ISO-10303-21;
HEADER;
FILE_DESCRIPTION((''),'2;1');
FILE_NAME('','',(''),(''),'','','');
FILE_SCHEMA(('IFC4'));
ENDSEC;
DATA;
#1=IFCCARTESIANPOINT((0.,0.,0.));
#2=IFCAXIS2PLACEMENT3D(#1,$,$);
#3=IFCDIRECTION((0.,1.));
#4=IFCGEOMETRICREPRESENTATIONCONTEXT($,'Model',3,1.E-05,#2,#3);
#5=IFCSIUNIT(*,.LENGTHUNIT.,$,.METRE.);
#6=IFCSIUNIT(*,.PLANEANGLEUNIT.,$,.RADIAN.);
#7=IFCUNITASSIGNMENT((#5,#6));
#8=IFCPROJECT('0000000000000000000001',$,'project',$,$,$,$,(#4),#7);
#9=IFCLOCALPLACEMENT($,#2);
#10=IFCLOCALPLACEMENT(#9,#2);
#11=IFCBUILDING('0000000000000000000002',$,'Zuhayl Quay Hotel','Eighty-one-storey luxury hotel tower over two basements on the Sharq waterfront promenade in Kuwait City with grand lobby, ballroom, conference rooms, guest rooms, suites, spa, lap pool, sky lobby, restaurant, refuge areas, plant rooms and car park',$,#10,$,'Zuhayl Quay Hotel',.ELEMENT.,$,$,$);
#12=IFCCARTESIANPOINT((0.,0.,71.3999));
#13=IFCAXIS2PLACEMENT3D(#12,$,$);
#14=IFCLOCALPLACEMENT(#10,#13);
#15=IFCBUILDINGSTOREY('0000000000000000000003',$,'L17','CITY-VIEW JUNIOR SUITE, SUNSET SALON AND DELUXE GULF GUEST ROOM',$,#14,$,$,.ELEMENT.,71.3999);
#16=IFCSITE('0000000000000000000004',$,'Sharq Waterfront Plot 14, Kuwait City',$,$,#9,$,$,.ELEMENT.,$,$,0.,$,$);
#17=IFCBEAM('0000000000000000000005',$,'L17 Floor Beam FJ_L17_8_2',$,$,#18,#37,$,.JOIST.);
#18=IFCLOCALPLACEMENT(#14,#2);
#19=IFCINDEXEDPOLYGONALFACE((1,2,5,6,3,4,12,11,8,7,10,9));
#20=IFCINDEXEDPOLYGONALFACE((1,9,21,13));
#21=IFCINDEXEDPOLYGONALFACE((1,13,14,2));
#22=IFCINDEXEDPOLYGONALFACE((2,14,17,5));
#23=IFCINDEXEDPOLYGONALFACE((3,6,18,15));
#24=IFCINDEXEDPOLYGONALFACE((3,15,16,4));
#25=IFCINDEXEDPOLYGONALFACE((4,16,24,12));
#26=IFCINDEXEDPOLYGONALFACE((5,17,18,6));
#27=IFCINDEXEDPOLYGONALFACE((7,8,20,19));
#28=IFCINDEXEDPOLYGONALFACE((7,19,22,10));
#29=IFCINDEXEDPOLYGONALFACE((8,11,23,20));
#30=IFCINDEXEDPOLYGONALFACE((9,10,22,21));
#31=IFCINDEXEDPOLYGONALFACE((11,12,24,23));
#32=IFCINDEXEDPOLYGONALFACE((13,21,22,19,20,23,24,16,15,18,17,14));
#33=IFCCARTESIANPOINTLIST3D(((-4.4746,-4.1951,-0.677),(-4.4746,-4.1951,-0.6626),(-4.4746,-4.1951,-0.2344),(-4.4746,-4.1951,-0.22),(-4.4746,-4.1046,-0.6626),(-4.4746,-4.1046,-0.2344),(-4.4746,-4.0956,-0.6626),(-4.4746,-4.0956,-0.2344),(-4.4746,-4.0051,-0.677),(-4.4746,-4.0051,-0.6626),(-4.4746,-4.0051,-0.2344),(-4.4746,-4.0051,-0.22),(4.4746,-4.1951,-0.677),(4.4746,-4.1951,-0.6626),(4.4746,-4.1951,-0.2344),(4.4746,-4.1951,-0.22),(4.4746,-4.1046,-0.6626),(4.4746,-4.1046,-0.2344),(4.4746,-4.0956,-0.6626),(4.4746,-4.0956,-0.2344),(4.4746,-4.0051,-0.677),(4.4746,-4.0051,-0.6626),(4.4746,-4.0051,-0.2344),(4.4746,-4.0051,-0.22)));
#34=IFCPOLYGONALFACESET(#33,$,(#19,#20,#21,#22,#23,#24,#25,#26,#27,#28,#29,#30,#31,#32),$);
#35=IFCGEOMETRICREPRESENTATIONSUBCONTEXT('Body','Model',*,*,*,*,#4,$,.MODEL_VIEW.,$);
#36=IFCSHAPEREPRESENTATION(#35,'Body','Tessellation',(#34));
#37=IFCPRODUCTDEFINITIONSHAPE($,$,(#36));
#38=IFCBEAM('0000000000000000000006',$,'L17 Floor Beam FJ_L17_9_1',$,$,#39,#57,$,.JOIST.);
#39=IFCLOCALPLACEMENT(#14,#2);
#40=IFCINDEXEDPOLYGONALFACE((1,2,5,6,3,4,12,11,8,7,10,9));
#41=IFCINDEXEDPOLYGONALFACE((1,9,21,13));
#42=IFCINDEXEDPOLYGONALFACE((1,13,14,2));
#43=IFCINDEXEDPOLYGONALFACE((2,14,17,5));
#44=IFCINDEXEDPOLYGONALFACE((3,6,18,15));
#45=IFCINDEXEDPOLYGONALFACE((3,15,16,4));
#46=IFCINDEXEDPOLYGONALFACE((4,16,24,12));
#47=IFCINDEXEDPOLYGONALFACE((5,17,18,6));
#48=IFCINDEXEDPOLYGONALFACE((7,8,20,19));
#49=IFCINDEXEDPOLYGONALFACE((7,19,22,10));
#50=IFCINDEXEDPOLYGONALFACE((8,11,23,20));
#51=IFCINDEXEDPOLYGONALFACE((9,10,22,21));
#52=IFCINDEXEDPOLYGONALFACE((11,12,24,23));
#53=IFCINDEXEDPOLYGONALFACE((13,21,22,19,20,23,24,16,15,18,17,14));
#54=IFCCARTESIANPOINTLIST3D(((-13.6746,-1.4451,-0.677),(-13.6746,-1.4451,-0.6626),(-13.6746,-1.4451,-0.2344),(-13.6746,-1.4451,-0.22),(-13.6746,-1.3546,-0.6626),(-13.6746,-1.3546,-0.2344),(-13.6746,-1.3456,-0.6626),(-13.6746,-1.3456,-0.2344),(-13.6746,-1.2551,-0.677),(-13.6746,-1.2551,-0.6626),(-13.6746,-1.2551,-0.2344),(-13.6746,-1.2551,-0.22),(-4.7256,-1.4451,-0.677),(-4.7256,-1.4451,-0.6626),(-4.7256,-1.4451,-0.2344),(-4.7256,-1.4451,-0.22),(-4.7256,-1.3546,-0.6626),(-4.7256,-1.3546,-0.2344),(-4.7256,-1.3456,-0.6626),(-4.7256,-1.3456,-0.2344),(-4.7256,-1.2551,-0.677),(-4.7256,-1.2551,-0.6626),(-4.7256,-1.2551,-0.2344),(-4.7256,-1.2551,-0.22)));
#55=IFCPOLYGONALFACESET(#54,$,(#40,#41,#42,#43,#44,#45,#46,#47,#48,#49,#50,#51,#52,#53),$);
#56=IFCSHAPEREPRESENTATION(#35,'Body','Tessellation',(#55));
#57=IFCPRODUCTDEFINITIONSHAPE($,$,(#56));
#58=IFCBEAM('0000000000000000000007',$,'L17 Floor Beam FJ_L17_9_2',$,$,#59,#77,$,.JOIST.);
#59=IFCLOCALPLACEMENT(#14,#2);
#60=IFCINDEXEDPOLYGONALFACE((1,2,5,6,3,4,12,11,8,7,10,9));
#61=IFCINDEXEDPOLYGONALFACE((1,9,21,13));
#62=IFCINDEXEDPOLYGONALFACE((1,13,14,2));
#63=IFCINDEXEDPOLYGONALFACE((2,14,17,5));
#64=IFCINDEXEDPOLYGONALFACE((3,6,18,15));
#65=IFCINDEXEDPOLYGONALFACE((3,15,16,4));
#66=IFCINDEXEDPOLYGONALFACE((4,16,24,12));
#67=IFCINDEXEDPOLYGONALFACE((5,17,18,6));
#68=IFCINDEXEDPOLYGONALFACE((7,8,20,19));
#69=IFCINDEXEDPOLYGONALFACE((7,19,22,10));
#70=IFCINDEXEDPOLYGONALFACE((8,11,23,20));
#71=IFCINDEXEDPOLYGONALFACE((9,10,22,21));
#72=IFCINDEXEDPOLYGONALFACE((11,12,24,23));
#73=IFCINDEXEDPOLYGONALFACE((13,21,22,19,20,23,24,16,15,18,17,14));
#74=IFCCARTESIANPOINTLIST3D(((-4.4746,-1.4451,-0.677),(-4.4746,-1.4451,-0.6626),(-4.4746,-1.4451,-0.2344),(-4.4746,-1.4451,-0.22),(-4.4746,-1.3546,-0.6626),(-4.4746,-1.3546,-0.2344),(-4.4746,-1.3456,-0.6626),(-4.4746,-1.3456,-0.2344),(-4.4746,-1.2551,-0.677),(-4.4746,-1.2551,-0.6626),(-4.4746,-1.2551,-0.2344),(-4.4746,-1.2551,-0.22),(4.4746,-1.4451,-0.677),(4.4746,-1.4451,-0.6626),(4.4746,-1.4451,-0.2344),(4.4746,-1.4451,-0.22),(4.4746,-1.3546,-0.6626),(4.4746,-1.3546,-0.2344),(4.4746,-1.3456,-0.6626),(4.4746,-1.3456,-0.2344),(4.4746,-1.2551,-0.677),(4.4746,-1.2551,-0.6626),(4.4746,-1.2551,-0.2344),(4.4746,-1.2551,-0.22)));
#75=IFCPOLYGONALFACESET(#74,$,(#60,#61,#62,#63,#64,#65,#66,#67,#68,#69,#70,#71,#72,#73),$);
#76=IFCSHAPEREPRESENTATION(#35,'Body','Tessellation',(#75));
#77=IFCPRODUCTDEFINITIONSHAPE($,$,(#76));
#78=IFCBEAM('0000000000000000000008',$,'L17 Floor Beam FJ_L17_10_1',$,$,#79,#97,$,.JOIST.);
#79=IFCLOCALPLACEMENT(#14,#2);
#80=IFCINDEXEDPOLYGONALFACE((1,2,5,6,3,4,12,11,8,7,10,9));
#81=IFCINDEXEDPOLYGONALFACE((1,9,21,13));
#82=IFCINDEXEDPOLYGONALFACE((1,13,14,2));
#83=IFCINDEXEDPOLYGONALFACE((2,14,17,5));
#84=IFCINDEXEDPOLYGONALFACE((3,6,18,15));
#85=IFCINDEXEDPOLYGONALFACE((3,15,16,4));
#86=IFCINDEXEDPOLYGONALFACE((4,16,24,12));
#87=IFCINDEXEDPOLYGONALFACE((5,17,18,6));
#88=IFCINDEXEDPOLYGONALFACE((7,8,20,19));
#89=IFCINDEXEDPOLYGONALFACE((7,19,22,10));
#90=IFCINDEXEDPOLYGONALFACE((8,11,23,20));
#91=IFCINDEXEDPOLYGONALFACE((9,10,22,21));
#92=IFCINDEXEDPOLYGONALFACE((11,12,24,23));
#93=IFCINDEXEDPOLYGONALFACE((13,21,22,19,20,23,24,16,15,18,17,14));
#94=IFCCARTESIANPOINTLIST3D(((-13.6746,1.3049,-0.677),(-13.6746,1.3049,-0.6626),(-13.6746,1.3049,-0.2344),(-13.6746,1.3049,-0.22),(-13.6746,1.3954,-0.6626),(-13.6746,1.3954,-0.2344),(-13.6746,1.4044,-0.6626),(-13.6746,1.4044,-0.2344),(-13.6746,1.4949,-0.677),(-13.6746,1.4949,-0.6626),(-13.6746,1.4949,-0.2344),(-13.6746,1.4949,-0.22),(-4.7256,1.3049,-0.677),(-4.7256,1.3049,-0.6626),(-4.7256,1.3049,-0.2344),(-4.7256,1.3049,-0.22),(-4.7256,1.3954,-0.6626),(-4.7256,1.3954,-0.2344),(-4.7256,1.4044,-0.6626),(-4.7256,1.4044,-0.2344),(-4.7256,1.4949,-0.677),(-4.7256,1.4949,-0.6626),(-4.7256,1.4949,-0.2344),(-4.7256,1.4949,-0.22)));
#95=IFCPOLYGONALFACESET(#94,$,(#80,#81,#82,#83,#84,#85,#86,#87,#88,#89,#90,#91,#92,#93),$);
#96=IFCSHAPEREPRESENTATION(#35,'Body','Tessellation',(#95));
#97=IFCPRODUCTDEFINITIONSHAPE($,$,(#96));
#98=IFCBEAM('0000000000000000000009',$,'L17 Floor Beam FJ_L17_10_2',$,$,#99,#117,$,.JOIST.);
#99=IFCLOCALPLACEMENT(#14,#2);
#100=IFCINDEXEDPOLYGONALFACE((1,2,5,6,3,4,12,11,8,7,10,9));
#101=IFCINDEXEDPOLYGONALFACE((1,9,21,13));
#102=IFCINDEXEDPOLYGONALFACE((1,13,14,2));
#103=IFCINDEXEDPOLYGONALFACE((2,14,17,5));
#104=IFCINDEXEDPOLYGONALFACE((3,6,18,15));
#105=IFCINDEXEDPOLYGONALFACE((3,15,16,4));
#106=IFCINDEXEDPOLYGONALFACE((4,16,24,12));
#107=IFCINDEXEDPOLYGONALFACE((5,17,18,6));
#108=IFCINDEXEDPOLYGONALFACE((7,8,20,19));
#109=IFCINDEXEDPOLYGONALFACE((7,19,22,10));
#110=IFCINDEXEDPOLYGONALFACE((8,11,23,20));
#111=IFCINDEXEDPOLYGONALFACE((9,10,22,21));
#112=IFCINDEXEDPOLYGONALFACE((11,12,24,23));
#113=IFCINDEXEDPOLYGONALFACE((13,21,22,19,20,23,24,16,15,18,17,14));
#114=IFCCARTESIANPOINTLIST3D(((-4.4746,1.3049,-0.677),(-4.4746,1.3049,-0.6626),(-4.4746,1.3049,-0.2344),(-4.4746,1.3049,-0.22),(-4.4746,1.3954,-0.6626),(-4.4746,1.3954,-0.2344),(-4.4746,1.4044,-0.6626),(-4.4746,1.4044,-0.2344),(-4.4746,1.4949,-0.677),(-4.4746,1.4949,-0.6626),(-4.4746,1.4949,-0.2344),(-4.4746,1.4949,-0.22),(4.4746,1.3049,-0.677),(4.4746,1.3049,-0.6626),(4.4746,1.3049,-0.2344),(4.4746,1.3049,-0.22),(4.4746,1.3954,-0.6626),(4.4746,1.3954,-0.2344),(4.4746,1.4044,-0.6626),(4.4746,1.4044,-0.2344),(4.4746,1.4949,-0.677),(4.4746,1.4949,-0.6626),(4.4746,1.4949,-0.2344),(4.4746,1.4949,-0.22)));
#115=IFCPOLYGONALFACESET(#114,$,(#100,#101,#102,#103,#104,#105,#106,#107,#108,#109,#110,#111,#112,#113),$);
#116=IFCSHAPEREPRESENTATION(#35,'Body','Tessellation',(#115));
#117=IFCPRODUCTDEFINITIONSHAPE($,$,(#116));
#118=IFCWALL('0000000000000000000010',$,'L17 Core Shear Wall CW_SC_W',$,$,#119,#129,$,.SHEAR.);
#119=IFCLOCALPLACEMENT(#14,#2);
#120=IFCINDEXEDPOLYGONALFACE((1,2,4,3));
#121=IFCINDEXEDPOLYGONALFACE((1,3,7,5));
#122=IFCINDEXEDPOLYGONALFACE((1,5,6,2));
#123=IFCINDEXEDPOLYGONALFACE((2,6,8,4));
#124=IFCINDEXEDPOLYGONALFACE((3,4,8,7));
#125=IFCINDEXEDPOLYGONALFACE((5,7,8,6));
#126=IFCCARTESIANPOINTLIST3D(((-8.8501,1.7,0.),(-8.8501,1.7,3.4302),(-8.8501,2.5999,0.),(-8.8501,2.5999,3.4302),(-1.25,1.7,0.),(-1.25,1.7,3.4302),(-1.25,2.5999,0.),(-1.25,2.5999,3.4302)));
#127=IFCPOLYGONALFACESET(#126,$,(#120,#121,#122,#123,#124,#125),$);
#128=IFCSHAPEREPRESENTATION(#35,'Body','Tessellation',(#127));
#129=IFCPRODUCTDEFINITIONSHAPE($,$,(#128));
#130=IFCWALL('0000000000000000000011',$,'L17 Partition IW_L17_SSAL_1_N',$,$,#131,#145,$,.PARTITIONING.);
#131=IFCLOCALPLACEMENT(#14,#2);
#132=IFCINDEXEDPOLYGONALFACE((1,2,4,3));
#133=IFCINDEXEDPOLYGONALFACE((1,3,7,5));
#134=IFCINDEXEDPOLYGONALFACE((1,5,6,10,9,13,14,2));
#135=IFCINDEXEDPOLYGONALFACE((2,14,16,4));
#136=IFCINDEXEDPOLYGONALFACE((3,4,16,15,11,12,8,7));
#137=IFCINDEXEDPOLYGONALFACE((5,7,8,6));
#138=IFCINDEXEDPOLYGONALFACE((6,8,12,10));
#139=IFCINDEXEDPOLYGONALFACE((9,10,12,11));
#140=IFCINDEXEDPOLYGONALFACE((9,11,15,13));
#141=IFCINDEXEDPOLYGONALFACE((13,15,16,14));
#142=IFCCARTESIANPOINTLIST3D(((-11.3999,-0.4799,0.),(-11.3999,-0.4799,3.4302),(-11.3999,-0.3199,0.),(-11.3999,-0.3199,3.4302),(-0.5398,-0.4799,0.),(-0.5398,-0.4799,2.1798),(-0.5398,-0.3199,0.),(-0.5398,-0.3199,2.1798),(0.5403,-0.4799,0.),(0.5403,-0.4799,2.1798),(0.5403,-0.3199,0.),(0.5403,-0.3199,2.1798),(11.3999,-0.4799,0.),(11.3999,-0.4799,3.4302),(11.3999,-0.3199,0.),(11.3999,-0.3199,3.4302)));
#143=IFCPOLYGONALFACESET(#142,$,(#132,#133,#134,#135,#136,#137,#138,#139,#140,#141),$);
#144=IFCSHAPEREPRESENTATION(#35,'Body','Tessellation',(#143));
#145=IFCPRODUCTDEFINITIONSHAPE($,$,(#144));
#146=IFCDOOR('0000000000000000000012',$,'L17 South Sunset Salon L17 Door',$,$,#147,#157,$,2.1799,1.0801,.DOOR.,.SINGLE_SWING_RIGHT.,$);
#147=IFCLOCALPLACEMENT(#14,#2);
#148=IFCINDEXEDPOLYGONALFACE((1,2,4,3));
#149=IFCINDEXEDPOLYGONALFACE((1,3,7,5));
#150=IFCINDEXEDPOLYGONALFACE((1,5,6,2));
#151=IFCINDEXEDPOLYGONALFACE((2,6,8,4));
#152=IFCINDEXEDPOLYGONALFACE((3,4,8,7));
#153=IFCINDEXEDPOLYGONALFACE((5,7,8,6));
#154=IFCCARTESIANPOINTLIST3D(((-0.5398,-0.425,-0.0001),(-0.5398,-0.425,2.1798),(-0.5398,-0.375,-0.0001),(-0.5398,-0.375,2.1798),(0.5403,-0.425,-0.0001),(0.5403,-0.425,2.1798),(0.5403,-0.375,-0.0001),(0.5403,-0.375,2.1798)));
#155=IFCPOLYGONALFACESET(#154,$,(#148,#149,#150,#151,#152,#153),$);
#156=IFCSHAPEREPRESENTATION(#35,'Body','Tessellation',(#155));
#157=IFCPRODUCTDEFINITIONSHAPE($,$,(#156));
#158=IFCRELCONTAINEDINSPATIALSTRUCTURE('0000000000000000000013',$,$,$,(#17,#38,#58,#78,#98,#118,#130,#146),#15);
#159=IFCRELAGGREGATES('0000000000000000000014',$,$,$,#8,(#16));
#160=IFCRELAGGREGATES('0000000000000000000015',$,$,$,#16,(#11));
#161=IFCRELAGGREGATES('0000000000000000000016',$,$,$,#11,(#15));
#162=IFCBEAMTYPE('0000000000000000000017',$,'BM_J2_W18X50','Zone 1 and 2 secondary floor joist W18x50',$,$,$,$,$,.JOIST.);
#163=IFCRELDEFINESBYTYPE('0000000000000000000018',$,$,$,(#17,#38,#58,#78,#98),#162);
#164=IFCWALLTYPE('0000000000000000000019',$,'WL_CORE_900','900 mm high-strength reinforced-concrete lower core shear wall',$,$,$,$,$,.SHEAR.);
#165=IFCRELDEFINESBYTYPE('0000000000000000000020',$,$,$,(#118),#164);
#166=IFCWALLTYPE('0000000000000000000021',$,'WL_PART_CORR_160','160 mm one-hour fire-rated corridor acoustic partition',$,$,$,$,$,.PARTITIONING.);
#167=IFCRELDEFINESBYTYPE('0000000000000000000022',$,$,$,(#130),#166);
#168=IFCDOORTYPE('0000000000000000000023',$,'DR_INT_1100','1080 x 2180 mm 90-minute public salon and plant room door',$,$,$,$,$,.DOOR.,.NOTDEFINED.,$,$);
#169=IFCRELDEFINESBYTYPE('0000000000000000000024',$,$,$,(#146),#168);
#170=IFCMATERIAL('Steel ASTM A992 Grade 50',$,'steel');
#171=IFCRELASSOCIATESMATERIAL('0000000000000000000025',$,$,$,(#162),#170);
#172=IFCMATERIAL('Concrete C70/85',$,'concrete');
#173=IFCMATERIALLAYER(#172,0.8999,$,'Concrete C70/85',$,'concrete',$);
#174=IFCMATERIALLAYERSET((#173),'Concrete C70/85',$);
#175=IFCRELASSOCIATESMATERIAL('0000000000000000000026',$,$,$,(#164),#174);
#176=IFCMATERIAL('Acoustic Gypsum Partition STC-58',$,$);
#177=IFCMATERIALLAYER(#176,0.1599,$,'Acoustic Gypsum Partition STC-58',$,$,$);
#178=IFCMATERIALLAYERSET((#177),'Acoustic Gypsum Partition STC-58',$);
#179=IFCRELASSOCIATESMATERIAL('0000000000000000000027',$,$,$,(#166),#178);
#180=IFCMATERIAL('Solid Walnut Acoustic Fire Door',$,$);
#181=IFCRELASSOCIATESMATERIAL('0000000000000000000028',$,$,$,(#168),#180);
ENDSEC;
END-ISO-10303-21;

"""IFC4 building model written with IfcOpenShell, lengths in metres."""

from ifc_helpers import new_model, si_unit, direction, frame, frame_2d, origin, origin_2d, place, context, subcontext, project, spatial, rectangle, i_section, extrude, material, layer, layer_set, material_profile, profile_set, type_object, element, fill, save


model = new_model("IFC4")

# Units and contexts
model_context = context("Model", 3, precision=1e-05, world=origin(), true_north=direction((0.0, 1.0)))
body_context = subcontext(model_context, "Body", "Model", "MODEL_VIEW")
ifc_project = project(units=[si_unit("LENGTHUNIT", "METRE"), si_unit("PLANEANGLEUNIT", "RADIAN")], contexts=[model_context])

# Site, building, storey
site_placement = place(None, origin())
site = spatial("IfcSite", under=ifc_project, at=site_placement, Name="Sharq Waterfront Plot 14, Kuwait City", CompositionType="ELEMENT", RefElevation=0.0)
building_placement = place(site_placement, origin())
building = spatial("IfcBuilding", under=site, at=building_placement, Name="Zuhayl Quay Hotel", Description="Eighty-one-storey luxury hotel tower over two basements on the Sharq waterfront promenade in Kuwait City with grand lobby, ballroom, conference rooms, guest rooms, suites, spa, lap pool, sky lobby, restaurant, refuge areas, plant rooms and car park", LongName="Zuhayl Quay Hotel", CompositionType="ELEMENT")
storey_placement = place(building_placement, frame((0.0, 0.0, 71.3999)))
storey = spatial("IfcBuildingStorey", under=building, at=storey_placement, Name="L17", Description="CITY-VIEW JUNIOR SUITE, SUNSET SALON AND DELUXE GULF GUEST ROOM", CompositionType="ELEMENT", Elevation=71.3999)

# Shared definitions
ifc_material_1 = material(Name="Concrete C70/85", Category="concrete")

# Beams
ifc_material_2 = material(Name="Steel ASTM A992 Grade 50", Category="steel")
ifc_material_profile_1 = material_profile(ifc_material_2, i_section(OverallWidth=0.1899, OverallDepth=0.457, WebThickness=0.009, FlangeThickness=0.0144, at=origin_2d()), Name="W18X50")
ifc_profile_set_1 = profile_set([ifc_material_profile_1], Name="Steel ASTM A992 Grade 50")
beam_type_1 = type_object("IfcBeamType", Name="BM_J2_W18X50", Description="Zone 1 and 2 secondary floor joist W18x50", PredefinedType="JOIST", material=ifc_profile_set_1)
beam_1_placement = place(storey_placement, frame((-4.4746, -4.1001, -0.4485), z_axis=(1.0, 0.0, 0.0), x_axis=(0.0, 1.0, 0.0)))
element("IfcBeam", 1, at=beam_1_placement, inside=storey, type_object=beam_type_1, Name="L17 Floor Beam FJ_L17_8_2", PredefinedType="JOIST", context=body_context, shape_type="SweptSolid", body=[
    extrude(i_section(OverallWidth=0.1899, OverallDepth=0.457, WebThickness=0.009, FlangeThickness=0.0144, at=origin_2d()), origin(), (0.0, 0.0, 1.0), 8.9492),
])
beam_2_placement = place(storey_placement, frame((-13.6746, -1.3501, -0.4485), z_axis=(1.0, 0.0, 0.0), x_axis=(0.0, 1.0, 0.0)))
element("IfcBeam", 2, at=beam_2_placement, inside=storey, type_object=beam_type_1, Name="L17 Floor Beam FJ_L17_9_1", PredefinedType="JOIST", context=body_context, shape_type="SweptSolid", body=[
    extrude(i_section(OverallWidth=0.1899, OverallDepth=0.457, WebThickness=0.009, FlangeThickness=0.0144, at=origin_2d()), origin(), (0.0, 0.0, 1.0), 8.949),
])
beam_3_placement = place(storey_placement, frame((-4.4746, -1.3501, -0.4485), z_axis=(1.0, 0.0, 0.0), x_axis=(0.0, 1.0, 0.0)))
element("IfcBeam", 3, at=beam_3_placement, inside=storey, type_object=beam_type_1, Name="L17 Floor Beam FJ_L17_9_2", PredefinedType="JOIST", context=body_context, shape_type="SweptSolid", body=[
    extrude(i_section(OverallWidth=0.1899, OverallDepth=0.457, WebThickness=0.009, FlangeThickness=0.0144, at=origin_2d()), origin(), (0.0, 0.0, 1.0), 8.9492),
])
beam_4_placement = place(storey_placement, frame((-13.6746, 1.3999, -0.4485), z_axis=(1.0, 0.0, 0.0), x_axis=(0.0, 1.0, 0.0)))
element("IfcBeam", 4, at=beam_4_placement, inside=storey, type_object=beam_type_1, Name="L17 Floor Beam FJ_L17_10_1", PredefinedType="JOIST", context=body_context, shape_type="SweptSolid", body=[
    extrude(i_section(OverallWidth=0.1899, OverallDepth=0.457, WebThickness=0.009, FlangeThickness=0.0144, at=origin_2d()), origin(), (0.0, 0.0, 1.0), 8.949),
])
beam_5_placement = place(storey_placement, frame((-4.4746, 1.3999, -0.4485), z_axis=(1.0, 0.0, 0.0), x_axis=(0.0, 1.0, 0.0)))
element("IfcBeam", 5, at=beam_5_placement, inside=storey, type_object=beam_type_1, Name="L17 Floor Beam FJ_L17_10_2", PredefinedType="JOIST", context=body_context, shape_type="SweptSolid", body=[
    extrude(i_section(OverallWidth=0.1899, OverallDepth=0.457, WebThickness=0.009, FlangeThickness=0.0144, at=origin_2d()), origin(), (0.0, 0.0, 1.0), 8.9492),
])

# Wall
ifc_layer_1 = layer(ifc_material_1, 0.8999, Name="Concrete C70/85", Category="concrete")
ifc_layer_set_1 = layer_set([ifc_layer_1], Name="Concrete C70/85")
wall_type_1 = type_object("IfcWallType", Name="WL_CORE_900", Description="900 mm high-strength reinforced-concrete lower core shear wall", PredefinedType="SHEAR", material=ifc_layer_set_1)
wall_1_placement = place(storey_placement, frame((-8.8501, 2.1499, 0.0), z_axis=(0.0, 0.0, 1.0), x_axis=(1.0, 0.0, 0.0)))
element("IfcWall", 6, at=wall_1_placement, inside=storey, type_object=wall_type_1, Name="L17 Core Shear Wall CW_SC_W", PredefinedType="SHEAR", context=body_context, shape_type="SweptSolid", body=[
    extrude(rectangle(XDim=7.6001, YDim=0.8999, at=frame_2d((3.8, 0.0))), origin(), (0.0, 0.0, 1.0), 3.4302),
])

# Wall, opening, door
ifc_material_3 = material(Name="Acoustic Gypsum Partition STC-58")
ifc_layer_2 = layer(ifc_material_3, 0.1599, Name="Acoustic Gypsum Partition STC-58")
ifc_layer_set_2 = layer_set([ifc_layer_2], Name="Acoustic Gypsum Partition STC-58")
wall_type_2 = type_object("IfcWallType", Name="WL_PART_CORR_160", Description="160 mm one-hour fire-rated corridor acoustic partition", PredefinedType="PARTITIONING", material=ifc_layer_set_2)
wall_2_placement = place(storey_placement, frame((-11.3999, -0.3999, 0.0), z_axis=(0.0, 0.0, 1.0), x_axis=(1.0, 0.0, 0.0)))
wall_2 = element("IfcWall", 7, at=wall_2_placement, inside=storey, type_object=wall_type_2, Name="L17 Partition IW_L17_SSAL_1_N", PredefinedType="PARTITIONING", context=body_context, shape_type="SweptSolid", body=[
    extrude(rectangle(XDim=22.7998, YDim=0.1599, at=frame_2d((11.3999, 0.0))), origin(), (0.0, 0.0, 1.0), 3.4302),
])
opening_1_placement = place(wall_2_placement, frame((10.8601, 0.0, 0.0)))
opening_1 = element("IfcOpeningElement", 8, at=opening_1_placement, cuts=wall_2, PredefinedType="OPENING", context=body_context, shape_type="SweptSolid", body=[
    extrude(rectangle(XDim=1.0801, YDim=2.1799, at=frame_2d((0.54, 1.0898))), frame((0.0, 0.0898, 0.0), z_axis=(0.0, -1.0, 0.0), x_axis=(1.0, 0.0, 0.0)), (0.0, 0.0, 1.0), 0.1799),
])
ifc_material_4 = material(Name="Solid Walnut Acoustic Fire Door")
door_type_1 = type_object("IfcDoorType", Name="DR_INT_1100", Description="1080 x 2180 mm 90-minute public salon and plant room door", OperationType="NOTDEFINED", PredefinedType="DOOR", material=ifc_material_4)
door_1_placement = place(opening_1_placement, origin())
door_1 = element("IfcDoor", 9, at=door_1_placement, inside=storey, type_object=door_type_1, Name="L17 South Sunset Salon L17 Door", OperationType="SINGLE_SWING_RIGHT", OverallHeight=2.1799, OverallWidth=1.0801, PredefinedType="DOOR", context=body_context, shape_type="SweptSolid", body=[
    extrude(rectangle(XDim=1.0801, YDim=2.1799, at=frame_2d((0.54, 1.0898))), frame((0.0, 0.0249, 0.0), z_axis=(0.0, -1.0, 0.0), x_axis=(1.0, 0.0, 0.0)), (0.0, 0.0, 1.0), 0.05),
])
fill(opening_1, door_1)

save(model, "model.ifc")
